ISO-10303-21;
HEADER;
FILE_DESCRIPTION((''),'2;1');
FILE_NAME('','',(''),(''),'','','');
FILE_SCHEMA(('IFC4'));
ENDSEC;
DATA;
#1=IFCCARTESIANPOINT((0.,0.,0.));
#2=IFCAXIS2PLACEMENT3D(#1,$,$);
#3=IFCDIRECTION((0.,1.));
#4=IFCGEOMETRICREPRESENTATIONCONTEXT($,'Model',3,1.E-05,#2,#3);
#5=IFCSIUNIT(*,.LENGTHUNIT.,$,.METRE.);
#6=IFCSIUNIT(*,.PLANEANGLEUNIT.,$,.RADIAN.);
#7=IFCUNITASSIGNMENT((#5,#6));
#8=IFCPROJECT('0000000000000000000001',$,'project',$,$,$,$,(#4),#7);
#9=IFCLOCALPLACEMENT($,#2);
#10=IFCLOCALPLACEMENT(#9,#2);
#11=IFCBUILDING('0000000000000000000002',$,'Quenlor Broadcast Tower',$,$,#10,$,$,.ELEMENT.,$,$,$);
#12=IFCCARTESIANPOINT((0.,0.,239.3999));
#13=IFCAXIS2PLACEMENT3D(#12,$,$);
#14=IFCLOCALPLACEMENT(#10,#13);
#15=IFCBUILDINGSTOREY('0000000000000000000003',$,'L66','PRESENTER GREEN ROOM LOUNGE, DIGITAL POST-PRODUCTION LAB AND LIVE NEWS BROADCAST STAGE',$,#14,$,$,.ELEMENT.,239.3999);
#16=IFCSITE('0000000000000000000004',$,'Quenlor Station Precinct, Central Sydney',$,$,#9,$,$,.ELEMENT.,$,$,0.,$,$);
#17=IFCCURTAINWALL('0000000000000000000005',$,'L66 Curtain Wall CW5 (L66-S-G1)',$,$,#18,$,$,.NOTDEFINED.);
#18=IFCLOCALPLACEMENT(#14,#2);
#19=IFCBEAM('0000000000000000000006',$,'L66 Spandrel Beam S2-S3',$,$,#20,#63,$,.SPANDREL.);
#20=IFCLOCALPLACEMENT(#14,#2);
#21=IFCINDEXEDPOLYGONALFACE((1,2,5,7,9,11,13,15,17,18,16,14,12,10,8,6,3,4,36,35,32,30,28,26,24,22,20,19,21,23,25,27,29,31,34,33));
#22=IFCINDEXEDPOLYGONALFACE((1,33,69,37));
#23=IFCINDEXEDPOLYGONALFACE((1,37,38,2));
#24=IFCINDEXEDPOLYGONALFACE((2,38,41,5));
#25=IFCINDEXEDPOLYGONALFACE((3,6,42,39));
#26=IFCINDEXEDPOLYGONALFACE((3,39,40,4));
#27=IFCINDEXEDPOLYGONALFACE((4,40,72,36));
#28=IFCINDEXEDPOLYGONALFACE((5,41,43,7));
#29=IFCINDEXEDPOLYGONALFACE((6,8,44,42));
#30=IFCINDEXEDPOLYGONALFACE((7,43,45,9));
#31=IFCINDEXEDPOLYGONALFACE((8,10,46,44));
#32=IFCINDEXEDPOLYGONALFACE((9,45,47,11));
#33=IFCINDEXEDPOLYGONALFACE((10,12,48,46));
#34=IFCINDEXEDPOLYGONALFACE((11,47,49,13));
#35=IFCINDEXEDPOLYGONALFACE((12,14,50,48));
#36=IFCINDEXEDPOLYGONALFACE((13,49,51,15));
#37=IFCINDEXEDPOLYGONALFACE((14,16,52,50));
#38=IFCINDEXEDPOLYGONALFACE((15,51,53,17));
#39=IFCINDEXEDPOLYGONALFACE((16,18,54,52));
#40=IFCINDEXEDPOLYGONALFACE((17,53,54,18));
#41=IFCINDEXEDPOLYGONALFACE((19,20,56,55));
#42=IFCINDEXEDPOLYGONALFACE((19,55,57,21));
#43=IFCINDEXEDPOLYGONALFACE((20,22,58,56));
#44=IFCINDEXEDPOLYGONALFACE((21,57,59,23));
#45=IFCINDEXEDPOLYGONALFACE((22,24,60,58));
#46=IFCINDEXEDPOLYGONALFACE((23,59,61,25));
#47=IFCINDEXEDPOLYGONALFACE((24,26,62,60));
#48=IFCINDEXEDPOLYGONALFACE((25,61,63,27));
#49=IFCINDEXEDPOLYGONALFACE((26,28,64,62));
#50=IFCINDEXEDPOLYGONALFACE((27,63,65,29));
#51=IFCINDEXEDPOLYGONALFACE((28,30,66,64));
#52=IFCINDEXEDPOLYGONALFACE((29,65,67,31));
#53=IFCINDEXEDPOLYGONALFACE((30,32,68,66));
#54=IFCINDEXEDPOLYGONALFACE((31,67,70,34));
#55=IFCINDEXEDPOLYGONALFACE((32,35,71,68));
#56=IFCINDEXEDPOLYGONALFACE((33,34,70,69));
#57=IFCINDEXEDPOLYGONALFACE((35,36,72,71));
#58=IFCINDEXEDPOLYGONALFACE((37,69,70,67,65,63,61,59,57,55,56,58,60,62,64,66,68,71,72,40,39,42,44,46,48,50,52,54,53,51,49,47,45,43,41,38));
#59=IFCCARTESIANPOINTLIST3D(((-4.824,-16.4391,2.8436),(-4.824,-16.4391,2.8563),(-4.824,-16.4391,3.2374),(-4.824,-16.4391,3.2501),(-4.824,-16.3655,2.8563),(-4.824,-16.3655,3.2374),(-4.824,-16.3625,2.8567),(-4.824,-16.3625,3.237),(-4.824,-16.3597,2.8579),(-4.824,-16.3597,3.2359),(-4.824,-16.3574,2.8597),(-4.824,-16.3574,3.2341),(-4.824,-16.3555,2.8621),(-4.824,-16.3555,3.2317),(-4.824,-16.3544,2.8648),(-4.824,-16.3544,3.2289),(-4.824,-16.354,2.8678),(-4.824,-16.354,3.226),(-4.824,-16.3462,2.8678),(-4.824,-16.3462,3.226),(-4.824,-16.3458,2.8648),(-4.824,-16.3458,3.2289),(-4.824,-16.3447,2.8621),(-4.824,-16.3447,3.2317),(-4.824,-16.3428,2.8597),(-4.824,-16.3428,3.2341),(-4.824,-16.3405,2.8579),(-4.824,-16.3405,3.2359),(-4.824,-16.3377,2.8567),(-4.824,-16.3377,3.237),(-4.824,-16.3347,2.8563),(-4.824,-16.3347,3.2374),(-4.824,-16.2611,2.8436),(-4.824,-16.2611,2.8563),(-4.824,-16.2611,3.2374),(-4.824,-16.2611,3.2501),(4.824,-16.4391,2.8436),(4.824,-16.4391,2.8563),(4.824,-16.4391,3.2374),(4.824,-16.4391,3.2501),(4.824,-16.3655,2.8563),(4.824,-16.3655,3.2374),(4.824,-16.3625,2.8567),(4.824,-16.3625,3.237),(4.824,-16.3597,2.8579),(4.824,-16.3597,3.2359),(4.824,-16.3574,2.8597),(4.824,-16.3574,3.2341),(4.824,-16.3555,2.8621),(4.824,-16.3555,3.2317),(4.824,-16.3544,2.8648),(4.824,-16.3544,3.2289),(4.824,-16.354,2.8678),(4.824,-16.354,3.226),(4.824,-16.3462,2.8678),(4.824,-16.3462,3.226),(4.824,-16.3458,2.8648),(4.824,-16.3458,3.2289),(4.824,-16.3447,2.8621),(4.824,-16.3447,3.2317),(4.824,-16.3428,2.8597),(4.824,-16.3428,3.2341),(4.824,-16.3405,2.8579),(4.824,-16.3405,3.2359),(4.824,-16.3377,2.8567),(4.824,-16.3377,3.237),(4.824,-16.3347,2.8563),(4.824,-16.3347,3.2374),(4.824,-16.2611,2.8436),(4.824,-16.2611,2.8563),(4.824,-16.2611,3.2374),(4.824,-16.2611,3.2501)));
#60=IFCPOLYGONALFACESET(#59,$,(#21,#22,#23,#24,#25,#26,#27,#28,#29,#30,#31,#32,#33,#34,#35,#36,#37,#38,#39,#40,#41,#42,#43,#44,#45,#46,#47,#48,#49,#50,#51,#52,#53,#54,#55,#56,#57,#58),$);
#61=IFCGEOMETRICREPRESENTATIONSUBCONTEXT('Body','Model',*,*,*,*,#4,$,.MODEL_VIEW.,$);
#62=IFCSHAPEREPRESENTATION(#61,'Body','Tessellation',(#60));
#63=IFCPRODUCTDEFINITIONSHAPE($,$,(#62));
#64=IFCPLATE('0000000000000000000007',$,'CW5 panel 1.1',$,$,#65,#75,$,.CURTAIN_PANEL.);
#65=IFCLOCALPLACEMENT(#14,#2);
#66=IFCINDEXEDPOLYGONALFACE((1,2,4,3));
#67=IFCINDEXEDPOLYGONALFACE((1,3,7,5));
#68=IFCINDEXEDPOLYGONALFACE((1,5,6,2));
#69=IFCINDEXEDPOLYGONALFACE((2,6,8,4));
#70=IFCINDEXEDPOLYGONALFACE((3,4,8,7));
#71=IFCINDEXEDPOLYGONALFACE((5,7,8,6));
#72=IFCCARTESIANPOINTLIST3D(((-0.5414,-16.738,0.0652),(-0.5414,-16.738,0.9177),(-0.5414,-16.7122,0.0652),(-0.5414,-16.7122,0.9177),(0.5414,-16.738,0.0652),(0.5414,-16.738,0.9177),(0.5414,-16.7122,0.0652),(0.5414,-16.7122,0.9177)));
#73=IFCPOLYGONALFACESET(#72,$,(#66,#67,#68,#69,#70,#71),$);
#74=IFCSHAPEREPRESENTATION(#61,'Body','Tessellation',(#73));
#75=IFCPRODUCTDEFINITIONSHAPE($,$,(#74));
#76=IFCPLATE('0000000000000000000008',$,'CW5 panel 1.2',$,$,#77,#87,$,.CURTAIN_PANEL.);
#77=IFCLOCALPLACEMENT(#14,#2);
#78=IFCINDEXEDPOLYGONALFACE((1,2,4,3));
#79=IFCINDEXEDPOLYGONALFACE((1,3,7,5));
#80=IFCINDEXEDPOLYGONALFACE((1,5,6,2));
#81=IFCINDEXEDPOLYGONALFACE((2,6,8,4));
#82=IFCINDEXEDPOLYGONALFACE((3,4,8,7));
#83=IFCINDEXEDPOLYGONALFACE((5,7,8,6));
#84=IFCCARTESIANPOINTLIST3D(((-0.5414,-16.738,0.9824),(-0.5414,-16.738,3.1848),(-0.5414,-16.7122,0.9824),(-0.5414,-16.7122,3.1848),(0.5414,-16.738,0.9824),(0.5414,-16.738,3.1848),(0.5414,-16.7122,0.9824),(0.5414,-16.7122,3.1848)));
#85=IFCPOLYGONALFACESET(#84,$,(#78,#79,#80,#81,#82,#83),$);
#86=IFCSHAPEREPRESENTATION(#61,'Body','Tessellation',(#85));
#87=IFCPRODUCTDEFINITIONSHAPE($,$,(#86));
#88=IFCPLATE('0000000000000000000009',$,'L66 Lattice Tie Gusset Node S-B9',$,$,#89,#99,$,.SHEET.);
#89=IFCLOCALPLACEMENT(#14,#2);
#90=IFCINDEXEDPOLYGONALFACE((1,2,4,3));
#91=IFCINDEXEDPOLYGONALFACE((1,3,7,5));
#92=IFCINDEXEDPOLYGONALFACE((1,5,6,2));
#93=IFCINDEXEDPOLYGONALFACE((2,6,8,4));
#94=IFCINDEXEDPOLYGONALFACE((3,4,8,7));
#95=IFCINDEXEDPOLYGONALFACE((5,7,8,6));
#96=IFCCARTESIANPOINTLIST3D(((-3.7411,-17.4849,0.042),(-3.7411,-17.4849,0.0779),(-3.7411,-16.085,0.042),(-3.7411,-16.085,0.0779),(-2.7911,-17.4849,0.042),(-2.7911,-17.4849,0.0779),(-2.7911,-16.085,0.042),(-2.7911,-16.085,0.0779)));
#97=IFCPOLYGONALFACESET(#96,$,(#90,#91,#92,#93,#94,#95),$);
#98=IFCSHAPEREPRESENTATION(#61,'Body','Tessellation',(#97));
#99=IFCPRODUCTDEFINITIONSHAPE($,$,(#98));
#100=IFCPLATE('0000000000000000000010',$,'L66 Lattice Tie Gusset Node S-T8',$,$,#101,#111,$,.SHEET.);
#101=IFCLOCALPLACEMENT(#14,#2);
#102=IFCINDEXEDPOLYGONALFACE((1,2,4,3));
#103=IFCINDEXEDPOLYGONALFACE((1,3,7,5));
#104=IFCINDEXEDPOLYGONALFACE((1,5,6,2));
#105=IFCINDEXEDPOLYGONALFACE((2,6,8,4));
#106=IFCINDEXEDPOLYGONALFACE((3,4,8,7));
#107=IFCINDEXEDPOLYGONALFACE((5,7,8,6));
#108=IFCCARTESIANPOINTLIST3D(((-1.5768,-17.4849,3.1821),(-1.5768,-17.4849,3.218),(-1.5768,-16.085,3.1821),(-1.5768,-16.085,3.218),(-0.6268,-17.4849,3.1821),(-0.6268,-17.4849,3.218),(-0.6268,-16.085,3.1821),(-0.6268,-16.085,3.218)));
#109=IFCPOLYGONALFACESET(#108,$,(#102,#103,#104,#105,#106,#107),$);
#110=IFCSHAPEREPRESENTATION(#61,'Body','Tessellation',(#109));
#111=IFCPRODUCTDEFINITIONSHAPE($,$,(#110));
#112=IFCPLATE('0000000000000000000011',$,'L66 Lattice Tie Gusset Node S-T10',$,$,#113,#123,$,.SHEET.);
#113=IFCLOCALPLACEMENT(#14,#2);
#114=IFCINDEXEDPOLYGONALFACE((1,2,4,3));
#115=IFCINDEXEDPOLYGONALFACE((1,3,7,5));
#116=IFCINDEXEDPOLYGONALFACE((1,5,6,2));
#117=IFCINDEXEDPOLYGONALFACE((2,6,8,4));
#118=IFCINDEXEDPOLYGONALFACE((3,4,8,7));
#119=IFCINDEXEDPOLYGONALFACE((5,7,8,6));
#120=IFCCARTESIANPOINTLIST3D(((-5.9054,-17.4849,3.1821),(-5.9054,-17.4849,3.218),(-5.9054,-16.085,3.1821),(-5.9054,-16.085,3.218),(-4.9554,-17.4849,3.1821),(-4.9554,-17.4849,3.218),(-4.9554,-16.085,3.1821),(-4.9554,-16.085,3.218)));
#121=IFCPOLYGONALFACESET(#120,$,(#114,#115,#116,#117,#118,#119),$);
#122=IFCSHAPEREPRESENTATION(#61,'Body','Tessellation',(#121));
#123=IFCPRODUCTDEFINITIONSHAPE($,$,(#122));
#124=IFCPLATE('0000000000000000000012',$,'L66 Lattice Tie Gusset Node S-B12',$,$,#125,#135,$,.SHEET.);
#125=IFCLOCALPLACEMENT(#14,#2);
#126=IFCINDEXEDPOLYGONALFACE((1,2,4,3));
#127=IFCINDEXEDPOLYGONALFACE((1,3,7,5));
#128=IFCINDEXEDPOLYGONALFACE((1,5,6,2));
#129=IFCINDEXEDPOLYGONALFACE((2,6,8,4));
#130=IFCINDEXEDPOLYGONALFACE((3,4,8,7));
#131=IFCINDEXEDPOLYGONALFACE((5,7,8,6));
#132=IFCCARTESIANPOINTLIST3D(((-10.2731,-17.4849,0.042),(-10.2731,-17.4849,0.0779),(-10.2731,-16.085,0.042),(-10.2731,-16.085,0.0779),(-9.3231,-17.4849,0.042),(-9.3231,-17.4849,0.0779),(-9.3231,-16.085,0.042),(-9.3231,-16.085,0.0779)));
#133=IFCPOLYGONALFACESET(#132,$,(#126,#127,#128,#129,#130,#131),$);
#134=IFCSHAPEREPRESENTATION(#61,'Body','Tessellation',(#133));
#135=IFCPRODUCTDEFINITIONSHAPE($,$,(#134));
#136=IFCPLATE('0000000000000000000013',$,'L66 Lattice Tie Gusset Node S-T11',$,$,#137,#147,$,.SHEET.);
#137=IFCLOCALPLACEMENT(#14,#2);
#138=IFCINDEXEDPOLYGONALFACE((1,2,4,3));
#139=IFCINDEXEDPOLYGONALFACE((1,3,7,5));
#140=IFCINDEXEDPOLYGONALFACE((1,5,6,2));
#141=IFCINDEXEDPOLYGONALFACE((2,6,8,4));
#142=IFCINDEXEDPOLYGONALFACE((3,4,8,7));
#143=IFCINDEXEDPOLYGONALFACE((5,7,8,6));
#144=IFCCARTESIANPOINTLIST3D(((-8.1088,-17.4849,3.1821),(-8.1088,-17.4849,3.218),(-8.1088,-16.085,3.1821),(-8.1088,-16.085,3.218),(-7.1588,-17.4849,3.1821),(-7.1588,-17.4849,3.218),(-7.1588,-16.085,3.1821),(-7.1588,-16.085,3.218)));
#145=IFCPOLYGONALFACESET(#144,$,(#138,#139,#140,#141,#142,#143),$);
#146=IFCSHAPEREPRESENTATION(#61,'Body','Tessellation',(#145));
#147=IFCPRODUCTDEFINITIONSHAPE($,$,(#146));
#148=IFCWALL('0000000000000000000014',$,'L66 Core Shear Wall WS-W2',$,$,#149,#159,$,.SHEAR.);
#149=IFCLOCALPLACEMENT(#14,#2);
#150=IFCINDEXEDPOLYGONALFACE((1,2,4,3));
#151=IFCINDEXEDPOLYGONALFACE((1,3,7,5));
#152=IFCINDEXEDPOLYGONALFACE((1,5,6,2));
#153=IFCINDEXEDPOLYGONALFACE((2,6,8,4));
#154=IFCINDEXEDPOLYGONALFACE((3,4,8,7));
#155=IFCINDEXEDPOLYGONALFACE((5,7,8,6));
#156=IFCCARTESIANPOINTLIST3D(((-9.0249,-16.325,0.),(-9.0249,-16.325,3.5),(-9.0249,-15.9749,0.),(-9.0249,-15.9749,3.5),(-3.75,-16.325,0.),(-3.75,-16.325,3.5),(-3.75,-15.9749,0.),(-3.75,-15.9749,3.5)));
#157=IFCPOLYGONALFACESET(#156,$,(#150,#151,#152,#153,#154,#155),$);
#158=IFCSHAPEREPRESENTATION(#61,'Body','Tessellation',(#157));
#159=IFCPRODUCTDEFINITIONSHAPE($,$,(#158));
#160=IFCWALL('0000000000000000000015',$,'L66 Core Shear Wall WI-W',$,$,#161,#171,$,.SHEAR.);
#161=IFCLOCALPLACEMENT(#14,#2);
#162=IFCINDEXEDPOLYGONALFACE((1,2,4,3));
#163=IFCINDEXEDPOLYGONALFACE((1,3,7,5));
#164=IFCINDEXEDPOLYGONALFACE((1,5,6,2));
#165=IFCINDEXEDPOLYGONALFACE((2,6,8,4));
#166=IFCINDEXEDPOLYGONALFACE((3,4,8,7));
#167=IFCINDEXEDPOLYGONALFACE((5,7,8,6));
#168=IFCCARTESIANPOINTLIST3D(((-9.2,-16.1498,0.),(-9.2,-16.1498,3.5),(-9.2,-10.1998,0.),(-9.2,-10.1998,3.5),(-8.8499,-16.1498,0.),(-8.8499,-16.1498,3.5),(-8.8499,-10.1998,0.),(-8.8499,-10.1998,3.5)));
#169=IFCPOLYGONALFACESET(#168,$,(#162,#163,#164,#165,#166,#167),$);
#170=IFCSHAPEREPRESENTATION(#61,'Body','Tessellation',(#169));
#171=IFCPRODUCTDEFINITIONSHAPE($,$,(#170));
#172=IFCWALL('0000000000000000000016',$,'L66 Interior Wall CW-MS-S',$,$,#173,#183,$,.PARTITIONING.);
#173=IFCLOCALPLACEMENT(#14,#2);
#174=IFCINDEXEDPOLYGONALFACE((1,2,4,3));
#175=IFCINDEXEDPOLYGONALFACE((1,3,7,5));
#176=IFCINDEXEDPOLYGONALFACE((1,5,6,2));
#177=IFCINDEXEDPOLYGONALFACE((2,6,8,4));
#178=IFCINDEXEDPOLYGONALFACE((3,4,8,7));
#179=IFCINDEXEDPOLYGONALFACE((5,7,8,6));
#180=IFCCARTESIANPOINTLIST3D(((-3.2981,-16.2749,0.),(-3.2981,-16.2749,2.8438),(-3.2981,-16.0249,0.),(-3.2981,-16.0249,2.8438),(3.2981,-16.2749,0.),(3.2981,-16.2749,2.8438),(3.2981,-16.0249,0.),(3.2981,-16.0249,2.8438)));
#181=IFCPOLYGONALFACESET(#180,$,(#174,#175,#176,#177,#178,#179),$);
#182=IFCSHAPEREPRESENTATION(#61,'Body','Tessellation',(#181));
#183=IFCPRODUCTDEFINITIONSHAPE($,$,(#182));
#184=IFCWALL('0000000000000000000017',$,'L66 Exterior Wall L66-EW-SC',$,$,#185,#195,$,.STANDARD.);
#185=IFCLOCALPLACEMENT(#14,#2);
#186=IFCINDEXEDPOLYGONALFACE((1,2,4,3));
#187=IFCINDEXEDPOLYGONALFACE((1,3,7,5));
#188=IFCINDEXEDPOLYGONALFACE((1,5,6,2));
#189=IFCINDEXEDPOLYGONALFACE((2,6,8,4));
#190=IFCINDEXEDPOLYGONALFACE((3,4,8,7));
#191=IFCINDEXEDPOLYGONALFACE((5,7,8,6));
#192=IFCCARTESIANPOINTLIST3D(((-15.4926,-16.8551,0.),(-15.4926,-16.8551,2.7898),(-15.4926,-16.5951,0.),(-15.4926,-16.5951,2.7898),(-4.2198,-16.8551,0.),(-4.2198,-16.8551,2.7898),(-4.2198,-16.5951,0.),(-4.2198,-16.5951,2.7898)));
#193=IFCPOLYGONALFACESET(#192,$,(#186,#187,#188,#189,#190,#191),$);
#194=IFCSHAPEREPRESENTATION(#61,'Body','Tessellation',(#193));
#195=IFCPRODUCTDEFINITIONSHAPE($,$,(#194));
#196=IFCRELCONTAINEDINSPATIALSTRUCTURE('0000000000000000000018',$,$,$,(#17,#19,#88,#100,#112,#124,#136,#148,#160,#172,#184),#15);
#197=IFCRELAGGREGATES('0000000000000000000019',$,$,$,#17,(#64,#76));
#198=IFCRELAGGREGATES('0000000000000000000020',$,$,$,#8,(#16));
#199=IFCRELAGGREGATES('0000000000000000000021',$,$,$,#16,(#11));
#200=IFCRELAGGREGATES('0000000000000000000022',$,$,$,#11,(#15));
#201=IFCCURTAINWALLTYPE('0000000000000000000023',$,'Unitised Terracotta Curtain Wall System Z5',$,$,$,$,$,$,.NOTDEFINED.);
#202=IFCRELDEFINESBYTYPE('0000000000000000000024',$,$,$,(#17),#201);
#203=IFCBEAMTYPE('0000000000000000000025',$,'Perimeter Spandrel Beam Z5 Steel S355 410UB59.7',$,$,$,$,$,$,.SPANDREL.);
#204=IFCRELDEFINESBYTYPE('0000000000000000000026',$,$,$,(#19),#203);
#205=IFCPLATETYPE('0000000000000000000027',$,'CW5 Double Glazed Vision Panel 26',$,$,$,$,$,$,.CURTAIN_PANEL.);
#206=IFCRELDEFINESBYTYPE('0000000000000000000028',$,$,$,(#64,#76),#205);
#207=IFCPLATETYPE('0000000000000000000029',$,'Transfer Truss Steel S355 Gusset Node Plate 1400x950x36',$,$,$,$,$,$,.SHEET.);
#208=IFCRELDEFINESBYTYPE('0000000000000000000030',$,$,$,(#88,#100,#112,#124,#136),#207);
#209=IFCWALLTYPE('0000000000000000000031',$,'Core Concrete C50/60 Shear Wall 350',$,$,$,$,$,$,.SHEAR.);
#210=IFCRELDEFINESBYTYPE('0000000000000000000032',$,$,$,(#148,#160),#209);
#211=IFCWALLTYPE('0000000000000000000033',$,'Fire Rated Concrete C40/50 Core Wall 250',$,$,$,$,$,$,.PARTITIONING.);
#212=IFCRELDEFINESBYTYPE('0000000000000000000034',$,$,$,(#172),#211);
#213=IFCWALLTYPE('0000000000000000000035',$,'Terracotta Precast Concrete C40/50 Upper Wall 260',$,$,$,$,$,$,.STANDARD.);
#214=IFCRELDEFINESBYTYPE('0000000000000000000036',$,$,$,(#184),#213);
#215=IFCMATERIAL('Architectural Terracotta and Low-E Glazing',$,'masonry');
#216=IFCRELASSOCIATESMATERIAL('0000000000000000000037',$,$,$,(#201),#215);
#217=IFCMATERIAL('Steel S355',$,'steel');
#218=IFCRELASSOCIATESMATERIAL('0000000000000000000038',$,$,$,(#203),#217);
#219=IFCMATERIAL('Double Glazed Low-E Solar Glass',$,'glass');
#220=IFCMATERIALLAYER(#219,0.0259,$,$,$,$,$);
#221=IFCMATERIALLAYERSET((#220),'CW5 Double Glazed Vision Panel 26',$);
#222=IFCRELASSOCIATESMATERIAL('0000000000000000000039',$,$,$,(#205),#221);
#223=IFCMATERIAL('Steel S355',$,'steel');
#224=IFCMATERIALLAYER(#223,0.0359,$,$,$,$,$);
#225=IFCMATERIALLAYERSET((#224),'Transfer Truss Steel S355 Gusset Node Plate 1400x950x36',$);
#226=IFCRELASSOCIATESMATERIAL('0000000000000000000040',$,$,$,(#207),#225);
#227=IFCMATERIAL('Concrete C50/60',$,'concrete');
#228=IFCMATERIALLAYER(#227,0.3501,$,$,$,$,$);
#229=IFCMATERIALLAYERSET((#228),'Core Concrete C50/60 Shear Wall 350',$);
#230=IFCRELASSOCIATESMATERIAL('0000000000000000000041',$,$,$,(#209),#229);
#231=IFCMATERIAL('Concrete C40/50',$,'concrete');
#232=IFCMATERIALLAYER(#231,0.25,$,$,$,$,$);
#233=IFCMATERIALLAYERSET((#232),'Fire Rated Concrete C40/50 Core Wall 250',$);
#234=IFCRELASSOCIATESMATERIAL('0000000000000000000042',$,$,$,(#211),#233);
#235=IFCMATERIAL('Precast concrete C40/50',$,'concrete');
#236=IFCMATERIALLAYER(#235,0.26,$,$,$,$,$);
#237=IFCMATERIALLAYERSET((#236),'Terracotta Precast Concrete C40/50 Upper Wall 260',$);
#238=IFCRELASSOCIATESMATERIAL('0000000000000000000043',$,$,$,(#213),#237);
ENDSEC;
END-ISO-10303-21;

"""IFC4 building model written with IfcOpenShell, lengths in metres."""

from ifc_helpers import new_model, si_unit, direction, frame, frame_2d, origin, origin_2d, place, context, subcontext, project, spatial, rectangle, i_section, extrude, material, layer, layer_set, material_profile, profile_set, type_object, element, aggregate, save


model = new_model("IFC4")

# Units and contexts
model_context = context("Model", 3, precision=1e-05, world=origin(), true_north=direction((0.0, 1.0)))
body_context = subcontext(model_context, "Body", "Model", "MODEL_VIEW")
ifc_project = project(units=[si_unit("LENGTHUNIT", "METRE"), si_unit("PLANEANGLEUNIT", "RADIAN")], contexts=[model_context])

# Site, building, storey
site_placement = place(None, origin())
site = spatial("IfcSite", under=ifc_project, at=site_placement, Name="Quenlor Station Precinct, Central Sydney", CompositionType="ELEMENT", RefElevation=0.0)
building_placement = place(site_placement, origin())
building = spatial("IfcBuilding", under=site, at=building_placement, Name="Quenlor Broadcast Tower", CompositionType="ELEMENT")
storey_placement = place(building_placement, frame((0.0, 0.0, 239.3999)))
storey = spatial("IfcBuildingStorey", under=building, at=storey_placement, Name="L66", Description="PRESENTER GREEN ROOM LOUNGE, DIGITAL POST-PRODUCTION LAB AND LIVE NEWS BROADCAST STAGE", CompositionType="ELEMENT", Elevation=239.3999)

# Curtain wall
ifc_material_1 = material(Name="Architectural Terracotta and Low-E Glazing", Category="masonry")
curtain_wall_type = type_object("IfcCurtainWallType", Name="Unitised Terracotta Curtain Wall System Z5", PredefinedType="NOTDEFINED", material=ifc_material_1)
curtain_wall_placement = place(storey_placement, origin())
curtain_wall = element("IfcCurtainWall", 1, at=curtain_wall_placement, inside=storey, type_object=curtain_wall_type, Name="L66 Curtain Wall CW5 (L66-S-G1)", PredefinedType="NOTDEFINED")

# Beam
ifc_material_2 = material(Name="Steel S355", Category="steel")
ifc_material_profile_1 = material_profile(ifc_material_2, i_section(OverallWidth=0.178, OverallDepth=0.4065, WebThickness=0.0078, FlangeThickness=0.0127, FilletRadius=0.0115, at=origin_2d()))
ifc_profile_set_1 = profile_set([ifc_material_profile_1], Name="Steel S355 410UB59.7")
beam_type_1 = type_object("IfcBeamType", Name="Perimeter Spandrel Beam Z5 Steel S355 410UB59.7", PredefinedType="SPANDREL", material=ifc_profile_set_1)
beam_1_placement = place(storey_placement, frame((-4.824, -16.3501, 3.0469), z_axis=(1.0, 0.0, 0.0), x_axis=(0.0, 1.0, 0.0)))
element("IfcBeam", 2, at=beam_1_placement, inside=storey, type_object=beam_type_1, Name="L66 Spandrel Beam S2-S3", PredefinedType="SPANDREL", context=body_context, shape_type="SweptSolid", body=[
    extrude(i_section(OverallWidth=0.178, OverallDepth=0.4065, WebThickness=0.0078, FlangeThickness=0.0127, FilletRadius=0.0115, at=origin_2d()), origin(), (0.0, 0.0, 1.0), 9.6479),
])

# Plates
ifc_material_3 = material(Name="Double Glazed Low-E Solar Glass", Category="glass")
ifc_layer_1 = layer(ifc_material_3, 0.0259)
ifc_layer_set_1 = layer_set([ifc_layer_1], Name="CW5 Double Glazed Vision Panel 26")
plate_type_1 = type_object("IfcPlateType", Name="CW5 Double Glazed Vision Panel 26", PredefinedType="CURTAIN_PANEL", material=ifc_layer_set_1)
plate_1_placement = place(storey_placement, frame((0.0, -16.7251, 0.0652), z_axis=(0.0, 0.0, 1.0), x_axis=(-1.0, 0.0, 0.0)))
plate_1 = element("IfcPlate", 3, at=plate_1_placement, type_object=plate_type_1, Name="CW5 panel 1.1", PredefinedType="CURTAIN_PANEL", context=body_context, shape_type="SweptSolid", body=[
    extrude(rectangle(XDim=1.0828, YDim=0.0259, at=origin_2d()), origin(), (0.0, 0.0, 1.0), 0.8525),
])
plate_2_placement = place(storey_placement, frame((0.0, -16.7251, 0.9824), z_axis=(0.0, 0.0, 1.0), x_axis=(-1.0, 0.0, 0.0)))
plate_2 = element("IfcPlate", 4, at=plate_2_placement, type_object=plate_type_1, Name="CW5 panel 1.2", PredefinedType="CURTAIN_PANEL", context=body_context, shape_type="SweptSolid", body=[
    extrude(rectangle(XDim=1.0828, YDim=0.0259, at=origin_2d()), origin(), (0.0, 0.0, 1.0), 2.2024),
])
aggregate(curtain_wall, [plate_1, plate_2])

# Plates
ifc_material_4 = material(Name="Steel S355", Category="steel")
ifc_layer_2 = layer(ifc_material_4, 0.0359)
ifc_layer_set_2 = layer_set([ifc_layer_2], Name="Transfer Truss Steel S355 Gusset Node Plate 1400x950x36")
plate_type_2 = type_object("IfcPlateType", Name="Transfer Truss Steel S355 Gusset Node Plate 1400x950x36", PredefinedType="SHEET", material=ifc_layer_set_2)
for number, where, z_axis, x_axis, name in (
    (5, (-3.2661, -16.7849, 0.042), (0.0, 0.0, 1.0), (0.0, -1.0, 0.0), "L66 Lattice Tie Gusset Node S-B9"),
    (6, (-1.1018, -16.7849, 3.1821), (0.0, 0.0, 1.0), (0.0, -1.0, 0.0), "L66 Lattice Tie Gusset Node S-T8"),
    (7, (-5.4304, -16.7849, 3.1821), (0.0, 0.0, 1.0), (0.0, -1.0, 0.0), "L66 Lattice Tie Gusset Node S-T10"),
    (8, (-9.7981, -16.7849, 0.042), (0.0, 0.0, 1.0), (0.0, -1.0, 0.0), "L66 Lattice Tie Gusset Node S-B12"),
    (9, (-7.6338, -16.7849, 3.1821), (0.0, 0.0, 1.0), (0.0, -1.0, 0.0), "L66 Lattice Tie Gusset Node S-T11"),
):
    element("IfcPlate", number, at=place(storey_placement, frame(where, z_axis=z_axis, x_axis=x_axis)), inside=storey, type_object=plate_type_2, Name=name, PredefinedType="SHEET", context=body_context, shape_type="SweptSolid", body=[
        extrude(rectangle(XDim=1.3999, YDim=0.95, at=origin_2d()), origin(), (0.0, 0.0, 1.0), 0.0359),
    ])

# Walls
ifc_material_5 = material(Name="Concrete C50/60", Category="concrete")
ifc_layer_3 = layer(ifc_material_5, 0.3501)
ifc_layer_set_3 = layer_set([ifc_layer_3], Name="Core Concrete C50/60 Shear Wall 350")
wall_type_1 = type_object("IfcWallType", Name="Core Concrete C50/60 Shear Wall 350", PredefinedType="SHEAR", material=ifc_layer_set_3)
wall_1_placement = place(storey_placement, frame((-9.0249, -16.1499, 0.0), z_axis=(0.0, 0.0, 1.0), x_axis=(1.0, 0.0, 0.0)))
element("IfcWall", 10, at=wall_1_placement, inside=storey, type_object=wall_type_1, Name="L66 Core Shear Wall WS-W2", PredefinedType="SHEAR", context=body_context, shape_type="SweptSolid", body=[
    extrude(rectangle(XDim=5.2749, YDim=0.3501, at=frame_2d((2.6375, 0.0))), origin(), (0.0, 0.0, 1.0), 3.5),
])
wall_2_placement = place(storey_placement, frame((-9.0249, -16.1499, 0.0), z_axis=(0.0, 0.0, 1.0), x_axis=(0.0, 1.0, 0.0)))
element("IfcWall", 11, at=wall_2_placement, inside=storey, type_object=wall_type_1, Name="L66 Core Shear Wall WI-W", PredefinedType="SHEAR", context=body_context, shape_type="SweptSolid", body=[
    extrude(rectangle(XDim=5.95, YDim=0.3501, at=frame_2d((2.9751, 0.0))), origin(), (0.0, 0.0, 1.0), 3.5),
])
ifc_material_6 = material(Name="Concrete C40/50", Category="concrete")
ifc_layer_4 = layer(ifc_material_6, 0.25)
ifc_layer_set_4 = layer_set([ifc_layer_4], Name="Fire Rated Concrete C40/50 Core Wall 250")
wall_type_2 = type_object("IfcWallType", Name="Fire Rated Concrete C40/50 Core Wall 250", PredefinedType="PARTITIONING", material=ifc_layer_set_4)
wall_3_placement = place(storey_placement, frame((-3.2981, -16.1499, 0.0), z_axis=(0.0, 0.0, 1.0), x_axis=(1.0, 0.0, 0.0)))
element("IfcWall", 12, at=wall_3_placement, inside=storey, type_object=wall_type_2, Name="L66 Interior Wall CW-MS-S", PredefinedType="PARTITIONING", context=body_context, shape_type="SweptSolid", body=[
    extrude(rectangle(XDim=6.5962, YDim=0.25, at=frame_2d((3.2981, 0.0))), origin(), (0.0, 0.0, 1.0), 2.8438),
])
ifc_material_7 = material(Name="Precast concrete C40/50", Category="concrete")
ifc_layer_5 = layer(ifc_material_7, 0.26)
ifc_layer_set_5 = layer_set([ifc_layer_5], Name="Terracotta Precast Concrete C40/50 Upper Wall 260")
wall_type_3 = type_object("IfcWallType", Name="Terracotta Precast Concrete C40/50 Upper Wall 260", PredefinedType="STANDARD", material=ifc_layer_set_5)
wall_4_placement = place(storey_placement, frame((-4.22, -16.7251, 0.0), z_axis=(0.0, 0.0, 1.0), x_axis=(-1.0, 0.0, 0.0)))
element("IfcWall", 13, at=wall_4_placement, inside=storey, type_object=wall_type_3, Name="L66 Exterior Wall L66-EW-SC", PredefinedType="STANDARD", context=body_context, shape_type="SweptSolid", body=[
    extrude(rectangle(XDim=11.2727, YDim=0.26, at=frame_2d((5.6362, 0.0))), origin(), (0.0, 0.0, 1.0), 2.7898),
])

save(model, "model.ifc")
